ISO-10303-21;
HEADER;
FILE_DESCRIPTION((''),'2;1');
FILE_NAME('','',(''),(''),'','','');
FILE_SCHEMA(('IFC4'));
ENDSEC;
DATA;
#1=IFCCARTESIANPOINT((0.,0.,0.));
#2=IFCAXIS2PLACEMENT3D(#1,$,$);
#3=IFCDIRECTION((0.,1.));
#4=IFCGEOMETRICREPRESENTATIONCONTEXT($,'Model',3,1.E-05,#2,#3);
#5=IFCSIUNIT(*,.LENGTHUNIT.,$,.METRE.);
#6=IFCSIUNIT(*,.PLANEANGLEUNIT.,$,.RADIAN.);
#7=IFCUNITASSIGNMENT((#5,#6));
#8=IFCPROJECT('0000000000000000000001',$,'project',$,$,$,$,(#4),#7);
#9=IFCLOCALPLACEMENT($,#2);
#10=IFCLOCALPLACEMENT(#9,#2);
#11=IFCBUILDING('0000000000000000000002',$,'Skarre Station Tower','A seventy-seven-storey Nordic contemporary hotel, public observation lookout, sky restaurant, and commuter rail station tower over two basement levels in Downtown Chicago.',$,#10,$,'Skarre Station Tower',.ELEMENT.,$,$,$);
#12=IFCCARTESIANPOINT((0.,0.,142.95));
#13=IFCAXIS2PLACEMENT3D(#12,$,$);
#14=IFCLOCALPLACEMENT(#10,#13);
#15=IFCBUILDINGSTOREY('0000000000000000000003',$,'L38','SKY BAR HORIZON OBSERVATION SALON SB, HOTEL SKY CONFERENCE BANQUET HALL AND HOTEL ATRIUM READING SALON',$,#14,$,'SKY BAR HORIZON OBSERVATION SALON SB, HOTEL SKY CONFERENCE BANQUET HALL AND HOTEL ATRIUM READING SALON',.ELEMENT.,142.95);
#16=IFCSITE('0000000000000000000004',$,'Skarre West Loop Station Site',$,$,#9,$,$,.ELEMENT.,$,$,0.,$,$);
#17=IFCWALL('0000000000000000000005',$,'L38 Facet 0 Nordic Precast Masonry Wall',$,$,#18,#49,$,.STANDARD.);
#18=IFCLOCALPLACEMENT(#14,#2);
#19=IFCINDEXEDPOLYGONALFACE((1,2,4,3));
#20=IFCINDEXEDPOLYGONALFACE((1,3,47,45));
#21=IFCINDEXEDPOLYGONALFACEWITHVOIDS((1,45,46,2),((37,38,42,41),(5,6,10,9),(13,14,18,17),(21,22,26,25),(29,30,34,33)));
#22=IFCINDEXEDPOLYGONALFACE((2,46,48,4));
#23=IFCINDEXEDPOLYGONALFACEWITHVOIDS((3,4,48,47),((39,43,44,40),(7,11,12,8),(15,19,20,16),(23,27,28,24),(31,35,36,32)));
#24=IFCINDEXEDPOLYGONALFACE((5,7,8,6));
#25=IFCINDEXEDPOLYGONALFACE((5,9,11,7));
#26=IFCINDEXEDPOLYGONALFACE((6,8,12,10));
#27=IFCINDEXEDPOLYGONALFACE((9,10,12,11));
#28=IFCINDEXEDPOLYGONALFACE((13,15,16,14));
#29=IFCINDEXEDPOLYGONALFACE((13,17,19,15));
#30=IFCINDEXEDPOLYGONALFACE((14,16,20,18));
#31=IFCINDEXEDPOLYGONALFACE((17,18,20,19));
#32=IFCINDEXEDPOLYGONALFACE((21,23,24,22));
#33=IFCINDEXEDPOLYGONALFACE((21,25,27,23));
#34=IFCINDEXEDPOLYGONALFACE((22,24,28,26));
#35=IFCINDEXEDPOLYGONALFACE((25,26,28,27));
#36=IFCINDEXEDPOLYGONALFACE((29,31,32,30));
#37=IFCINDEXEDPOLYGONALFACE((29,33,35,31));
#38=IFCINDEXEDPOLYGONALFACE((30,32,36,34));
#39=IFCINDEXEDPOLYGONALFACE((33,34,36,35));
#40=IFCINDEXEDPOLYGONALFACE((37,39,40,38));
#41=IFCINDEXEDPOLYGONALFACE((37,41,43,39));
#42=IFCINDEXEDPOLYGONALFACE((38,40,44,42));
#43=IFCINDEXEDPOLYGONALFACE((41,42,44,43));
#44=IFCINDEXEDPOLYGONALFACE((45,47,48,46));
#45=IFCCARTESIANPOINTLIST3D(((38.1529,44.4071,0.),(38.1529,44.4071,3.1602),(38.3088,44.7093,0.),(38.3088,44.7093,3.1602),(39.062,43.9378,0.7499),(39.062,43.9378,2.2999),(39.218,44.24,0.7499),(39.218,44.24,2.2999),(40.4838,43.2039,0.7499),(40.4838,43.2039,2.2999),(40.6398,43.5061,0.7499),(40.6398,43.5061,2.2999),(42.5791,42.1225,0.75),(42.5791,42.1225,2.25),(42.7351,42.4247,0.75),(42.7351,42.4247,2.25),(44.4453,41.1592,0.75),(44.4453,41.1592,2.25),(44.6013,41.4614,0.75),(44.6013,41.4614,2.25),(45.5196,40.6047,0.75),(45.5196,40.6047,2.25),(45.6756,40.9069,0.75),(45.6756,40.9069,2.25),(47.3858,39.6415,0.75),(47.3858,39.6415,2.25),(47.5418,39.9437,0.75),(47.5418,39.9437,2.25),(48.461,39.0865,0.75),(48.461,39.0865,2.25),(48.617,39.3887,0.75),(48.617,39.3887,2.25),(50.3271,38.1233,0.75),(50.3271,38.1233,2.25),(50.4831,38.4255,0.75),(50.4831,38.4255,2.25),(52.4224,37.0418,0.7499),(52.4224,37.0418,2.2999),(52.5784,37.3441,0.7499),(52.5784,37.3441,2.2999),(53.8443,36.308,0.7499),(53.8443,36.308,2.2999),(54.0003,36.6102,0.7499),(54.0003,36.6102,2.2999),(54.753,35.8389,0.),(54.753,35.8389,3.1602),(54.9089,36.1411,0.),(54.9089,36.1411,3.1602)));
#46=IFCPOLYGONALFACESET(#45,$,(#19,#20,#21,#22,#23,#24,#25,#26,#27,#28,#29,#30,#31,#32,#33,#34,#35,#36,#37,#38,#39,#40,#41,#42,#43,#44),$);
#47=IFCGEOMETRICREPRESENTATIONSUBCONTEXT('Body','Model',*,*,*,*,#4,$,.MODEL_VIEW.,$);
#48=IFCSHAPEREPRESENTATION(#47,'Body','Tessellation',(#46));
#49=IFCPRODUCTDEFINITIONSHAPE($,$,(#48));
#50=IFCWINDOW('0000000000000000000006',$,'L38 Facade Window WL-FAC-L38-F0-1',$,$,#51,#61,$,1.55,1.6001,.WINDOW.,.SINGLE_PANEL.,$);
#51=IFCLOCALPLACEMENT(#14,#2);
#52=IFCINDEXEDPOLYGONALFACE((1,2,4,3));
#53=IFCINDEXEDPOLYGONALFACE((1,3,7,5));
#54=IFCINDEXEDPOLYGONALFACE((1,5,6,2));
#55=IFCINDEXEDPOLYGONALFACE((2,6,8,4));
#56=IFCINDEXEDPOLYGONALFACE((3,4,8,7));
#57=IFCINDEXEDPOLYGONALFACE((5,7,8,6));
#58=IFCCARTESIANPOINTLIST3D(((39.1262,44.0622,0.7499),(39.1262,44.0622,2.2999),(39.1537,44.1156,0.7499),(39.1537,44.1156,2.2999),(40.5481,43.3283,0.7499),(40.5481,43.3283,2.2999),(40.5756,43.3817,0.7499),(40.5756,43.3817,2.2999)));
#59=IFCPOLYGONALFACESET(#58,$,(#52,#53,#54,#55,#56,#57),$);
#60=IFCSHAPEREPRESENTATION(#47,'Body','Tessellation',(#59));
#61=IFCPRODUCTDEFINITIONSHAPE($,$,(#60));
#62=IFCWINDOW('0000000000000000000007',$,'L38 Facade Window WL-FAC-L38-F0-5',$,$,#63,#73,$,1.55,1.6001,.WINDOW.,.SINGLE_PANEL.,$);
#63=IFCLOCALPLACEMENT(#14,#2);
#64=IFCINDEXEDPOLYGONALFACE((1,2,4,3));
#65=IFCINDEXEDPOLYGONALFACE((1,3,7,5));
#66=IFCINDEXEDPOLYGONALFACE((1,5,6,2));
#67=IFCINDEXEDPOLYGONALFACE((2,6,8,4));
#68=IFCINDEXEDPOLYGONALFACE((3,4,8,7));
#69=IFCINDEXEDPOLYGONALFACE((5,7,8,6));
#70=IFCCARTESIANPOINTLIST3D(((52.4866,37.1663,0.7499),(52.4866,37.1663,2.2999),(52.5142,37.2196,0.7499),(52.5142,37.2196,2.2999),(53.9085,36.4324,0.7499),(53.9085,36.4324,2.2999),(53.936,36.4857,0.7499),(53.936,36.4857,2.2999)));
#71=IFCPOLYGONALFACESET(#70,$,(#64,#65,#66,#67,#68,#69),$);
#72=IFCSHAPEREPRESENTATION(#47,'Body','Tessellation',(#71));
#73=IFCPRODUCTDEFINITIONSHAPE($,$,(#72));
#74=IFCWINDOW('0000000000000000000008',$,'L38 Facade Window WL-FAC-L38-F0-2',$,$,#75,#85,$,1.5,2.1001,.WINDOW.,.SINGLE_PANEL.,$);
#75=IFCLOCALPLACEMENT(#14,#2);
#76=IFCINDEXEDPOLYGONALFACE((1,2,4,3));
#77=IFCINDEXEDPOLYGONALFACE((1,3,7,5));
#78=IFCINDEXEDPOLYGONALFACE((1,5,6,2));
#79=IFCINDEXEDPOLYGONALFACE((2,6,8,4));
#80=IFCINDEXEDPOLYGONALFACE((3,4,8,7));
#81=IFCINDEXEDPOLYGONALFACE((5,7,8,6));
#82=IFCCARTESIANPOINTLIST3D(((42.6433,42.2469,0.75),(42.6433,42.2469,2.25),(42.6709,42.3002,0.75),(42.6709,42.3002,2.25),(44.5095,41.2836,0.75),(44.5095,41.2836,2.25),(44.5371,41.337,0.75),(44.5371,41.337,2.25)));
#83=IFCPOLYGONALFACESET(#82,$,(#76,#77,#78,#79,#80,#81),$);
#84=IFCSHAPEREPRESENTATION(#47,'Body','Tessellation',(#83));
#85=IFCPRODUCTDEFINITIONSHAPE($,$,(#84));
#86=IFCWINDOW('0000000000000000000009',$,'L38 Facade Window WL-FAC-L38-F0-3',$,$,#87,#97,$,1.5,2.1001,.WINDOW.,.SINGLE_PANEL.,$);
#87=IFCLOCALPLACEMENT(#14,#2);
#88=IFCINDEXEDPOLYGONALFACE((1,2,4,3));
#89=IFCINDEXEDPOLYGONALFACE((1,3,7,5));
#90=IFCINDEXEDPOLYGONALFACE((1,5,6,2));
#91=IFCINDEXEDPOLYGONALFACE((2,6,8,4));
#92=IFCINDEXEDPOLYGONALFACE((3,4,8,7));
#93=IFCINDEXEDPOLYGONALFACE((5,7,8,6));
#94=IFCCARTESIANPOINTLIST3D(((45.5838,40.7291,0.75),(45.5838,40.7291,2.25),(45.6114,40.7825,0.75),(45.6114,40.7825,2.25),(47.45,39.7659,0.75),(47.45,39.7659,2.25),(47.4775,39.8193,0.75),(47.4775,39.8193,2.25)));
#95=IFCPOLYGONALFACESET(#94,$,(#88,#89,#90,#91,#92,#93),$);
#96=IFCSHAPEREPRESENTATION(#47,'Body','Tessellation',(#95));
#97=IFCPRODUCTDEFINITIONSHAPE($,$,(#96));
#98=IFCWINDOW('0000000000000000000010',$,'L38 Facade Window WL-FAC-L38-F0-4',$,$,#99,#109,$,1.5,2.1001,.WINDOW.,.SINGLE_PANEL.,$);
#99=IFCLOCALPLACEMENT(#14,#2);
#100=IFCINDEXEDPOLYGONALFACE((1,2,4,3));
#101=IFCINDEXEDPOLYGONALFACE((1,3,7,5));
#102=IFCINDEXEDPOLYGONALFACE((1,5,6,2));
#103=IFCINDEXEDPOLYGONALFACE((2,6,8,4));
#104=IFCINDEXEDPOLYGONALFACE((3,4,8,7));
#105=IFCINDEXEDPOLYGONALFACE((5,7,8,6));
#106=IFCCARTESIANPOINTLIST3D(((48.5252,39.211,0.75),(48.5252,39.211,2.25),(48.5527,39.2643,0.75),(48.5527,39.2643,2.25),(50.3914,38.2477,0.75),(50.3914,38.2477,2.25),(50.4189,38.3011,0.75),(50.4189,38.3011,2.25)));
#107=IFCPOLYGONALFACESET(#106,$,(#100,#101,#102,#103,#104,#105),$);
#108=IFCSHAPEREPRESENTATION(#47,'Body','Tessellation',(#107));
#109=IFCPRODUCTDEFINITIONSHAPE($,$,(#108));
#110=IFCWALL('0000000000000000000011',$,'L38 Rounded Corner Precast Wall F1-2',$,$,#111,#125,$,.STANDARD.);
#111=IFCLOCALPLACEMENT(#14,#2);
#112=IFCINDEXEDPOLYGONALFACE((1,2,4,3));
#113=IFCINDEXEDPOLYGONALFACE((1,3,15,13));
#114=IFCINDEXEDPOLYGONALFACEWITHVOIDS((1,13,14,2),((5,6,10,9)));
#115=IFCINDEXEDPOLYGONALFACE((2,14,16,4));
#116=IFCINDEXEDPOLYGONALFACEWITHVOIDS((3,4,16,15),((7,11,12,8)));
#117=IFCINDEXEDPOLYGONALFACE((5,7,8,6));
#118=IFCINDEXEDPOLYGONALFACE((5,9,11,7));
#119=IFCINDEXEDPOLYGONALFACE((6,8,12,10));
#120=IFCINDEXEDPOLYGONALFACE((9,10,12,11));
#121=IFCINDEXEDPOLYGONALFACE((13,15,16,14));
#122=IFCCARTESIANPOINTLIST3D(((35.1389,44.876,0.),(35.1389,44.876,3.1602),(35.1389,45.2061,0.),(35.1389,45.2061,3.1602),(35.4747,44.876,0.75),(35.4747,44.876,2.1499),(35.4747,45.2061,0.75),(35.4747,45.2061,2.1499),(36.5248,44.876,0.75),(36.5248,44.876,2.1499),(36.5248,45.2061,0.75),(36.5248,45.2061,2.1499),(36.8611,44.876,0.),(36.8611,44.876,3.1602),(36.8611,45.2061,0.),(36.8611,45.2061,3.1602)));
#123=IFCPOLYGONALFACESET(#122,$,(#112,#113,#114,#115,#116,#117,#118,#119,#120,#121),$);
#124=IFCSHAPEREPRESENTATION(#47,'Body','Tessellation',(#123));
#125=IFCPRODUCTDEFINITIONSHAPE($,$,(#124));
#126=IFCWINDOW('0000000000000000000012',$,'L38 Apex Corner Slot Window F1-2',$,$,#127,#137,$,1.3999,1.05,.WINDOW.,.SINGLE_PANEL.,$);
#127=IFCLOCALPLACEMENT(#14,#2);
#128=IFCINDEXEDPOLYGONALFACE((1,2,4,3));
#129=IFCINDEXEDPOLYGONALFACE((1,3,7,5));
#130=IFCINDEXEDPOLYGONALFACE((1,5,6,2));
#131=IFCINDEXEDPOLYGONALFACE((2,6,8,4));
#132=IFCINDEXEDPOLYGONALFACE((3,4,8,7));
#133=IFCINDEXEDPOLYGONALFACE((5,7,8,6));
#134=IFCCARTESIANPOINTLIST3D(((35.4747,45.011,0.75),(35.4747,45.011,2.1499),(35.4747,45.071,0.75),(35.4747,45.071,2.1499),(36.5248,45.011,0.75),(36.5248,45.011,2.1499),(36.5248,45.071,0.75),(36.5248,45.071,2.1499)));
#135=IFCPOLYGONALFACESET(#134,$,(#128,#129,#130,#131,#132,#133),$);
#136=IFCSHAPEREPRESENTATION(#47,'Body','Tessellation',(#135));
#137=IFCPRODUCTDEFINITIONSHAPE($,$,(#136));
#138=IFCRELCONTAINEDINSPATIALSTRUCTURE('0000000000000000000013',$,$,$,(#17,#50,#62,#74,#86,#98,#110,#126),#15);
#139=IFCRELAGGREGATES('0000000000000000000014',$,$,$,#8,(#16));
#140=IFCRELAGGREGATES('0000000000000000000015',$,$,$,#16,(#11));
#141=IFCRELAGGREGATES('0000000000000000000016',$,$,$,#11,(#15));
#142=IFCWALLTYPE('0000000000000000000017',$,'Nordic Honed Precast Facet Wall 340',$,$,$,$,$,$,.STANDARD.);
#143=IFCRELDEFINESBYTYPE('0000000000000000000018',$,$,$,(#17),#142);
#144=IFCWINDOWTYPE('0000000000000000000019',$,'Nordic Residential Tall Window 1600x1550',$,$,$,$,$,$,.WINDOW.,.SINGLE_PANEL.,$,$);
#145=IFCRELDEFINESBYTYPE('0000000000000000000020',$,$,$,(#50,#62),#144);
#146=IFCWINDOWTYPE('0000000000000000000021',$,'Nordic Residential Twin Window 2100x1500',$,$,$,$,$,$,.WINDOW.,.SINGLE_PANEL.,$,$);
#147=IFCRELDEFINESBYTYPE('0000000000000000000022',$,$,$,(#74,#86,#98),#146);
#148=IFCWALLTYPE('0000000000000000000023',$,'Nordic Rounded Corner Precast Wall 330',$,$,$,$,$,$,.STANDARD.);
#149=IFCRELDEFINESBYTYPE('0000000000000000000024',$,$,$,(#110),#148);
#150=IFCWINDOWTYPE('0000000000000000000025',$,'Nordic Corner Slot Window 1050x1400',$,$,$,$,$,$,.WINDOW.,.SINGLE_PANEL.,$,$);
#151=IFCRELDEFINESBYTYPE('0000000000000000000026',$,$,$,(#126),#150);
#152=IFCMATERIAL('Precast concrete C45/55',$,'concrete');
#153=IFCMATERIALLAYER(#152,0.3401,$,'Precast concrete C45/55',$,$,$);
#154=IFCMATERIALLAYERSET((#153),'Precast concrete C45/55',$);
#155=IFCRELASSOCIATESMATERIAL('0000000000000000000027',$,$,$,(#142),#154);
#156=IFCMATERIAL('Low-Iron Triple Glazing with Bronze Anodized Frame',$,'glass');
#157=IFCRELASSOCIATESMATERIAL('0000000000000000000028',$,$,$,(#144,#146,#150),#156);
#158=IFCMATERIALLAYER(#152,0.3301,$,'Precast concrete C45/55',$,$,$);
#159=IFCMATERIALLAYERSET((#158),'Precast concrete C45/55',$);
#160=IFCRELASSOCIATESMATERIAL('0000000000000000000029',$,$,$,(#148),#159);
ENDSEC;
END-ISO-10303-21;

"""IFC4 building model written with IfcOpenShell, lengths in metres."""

from ifc_helpers import new_model, si_unit, direction, frame, frame_2d, origin, place, context, subcontext, project, spatial, rectangle, extrude, material, layer, layer_set, type_object, element, fill, save


model = new_model("IFC4")

# Units and contexts
model_context = context("Model", 3, precision=1e-05, world=origin(), true_north=direction((0.0, 1.0)))
body_context = subcontext(model_context, "Body", "Model", "MODEL_VIEW")
ifc_project = project(units=[si_unit("LENGTHUNIT", "METRE"), si_unit("PLANEANGLEUNIT", "RADIAN")], contexts=[model_context])

# Site, building, storey
site_placement = place(None, origin())
site = spatial("IfcSite", under=ifc_project, at=site_placement, Name="Skarre West Loop Station Site", CompositionType="ELEMENT", RefElevation=0.0)
building_placement = place(site_placement, origin())
building = spatial("IfcBuilding", under=site, at=building_placement, Name="Skarre Station Tower", Description="A seventy-seven-storey Nordic contemporary hotel, public observation lookout, sky restaurant, and commuter rail station tower over two basement levels in Downtown Chicago.", LongName="Skarre Station Tower", CompositionType="ELEMENT")
storey_placement = place(building_placement, frame((0.0, 0.0, 142.95)))
storey = spatial("IfcBuildingStorey", under=building, at=storey_placement, Name="L38", Description="SKY BAR HORIZON OBSERVATION SALON SB, HOTEL SKY CONFERENCE BANQUET HALL AND HOTEL ATRIUM READING SALON", LongName="SKY BAR HORIZON OBSERVATION SALON SB, HOTEL SKY CONFERENCE BANQUET HALL AND HOTEL ATRIUM READING SALON", CompositionType="ELEMENT", Elevation=142.95)

# Wall, openings, windows
ifc_material_1 = material(Name="Precast concrete C45/55", Category="concrete")
ifc_layer_1 = layer(ifc_material_1, 0.3401, Name="Precast concrete C45/55")
ifc_layer_set_1 = layer_set([ifc_layer_1], Name="Precast concrete C45/55")
wall_type_1 = type_object("IfcWallType", Name="Nordic Honed Precast Facet Wall 340", PredefinedType="STANDARD", material=ifc_layer_set_1)
wall_1_placement = place(storey_placement, frame((38.231, 44.5581, 0.0), z_axis=(0.0, 0.0, 1.0), x_axis=(0.888614, -0.458657, 0.0)))
wall_1 = element("IfcWall", 1, at=wall_1_placement, inside=storey, type_object=wall_type_1, Name="L38 Facet 0 Nordic Precast Masonry Wall", PredefinedType="STANDARD", context=body_context, shape_type="SweptSolid", body=[
    extrude(rectangle(XDim=18.6809, YDim=0.3401, at=frame_2d((9.3403, 0.0))), origin(), (0.0, 0.0, 1.0), 3.1602),
])
opening_1_placement = place(wall_1_placement, frame((1.0229, 0.0, 0.75)))
opening_1 = element("IfcOpeningElement", 2, at=opening_1_placement, cuts=wall_1, PredefinedType="OPENING", context=body_context, shape_type="SweptSolid", body=[
    extrude(rectangle(XDim=1.6001, YDim=1.55, at=frame_2d((0.8, 0.7749))), frame((0.0, 0.1799, 0.0), z_axis=(0.0, -1.0, 0.0), x_axis=(1.0, 0.0, 0.0)), (0.0, 0.0, 1.0), 0.3601),
])
opening_2_placement = place(wall_1_placement, frame((4.981, 0.0, 0.75)))
opening_2 = element("IfcOpeningElement", 3, at=opening_2_placement, cuts=wall_1, PredefinedType="OPENING", context=body_context, shape_type="SweptSolid", body=[
    extrude(rectangle(XDim=2.1001, YDim=1.5, at=frame_2d((1.05, 0.75))), frame((0.0, 0.1799, 0.0), z_axis=(0.0, -1.0, 0.0), x_axis=(1.0, 0.0, 0.0)), (0.0, 0.0, 1.0), 0.3601),
])
opening_3_placement = place(wall_1_placement, frame((8.29, 0.0, 0.75)))
opening_3 = element("IfcOpeningElement", 4, at=opening_3_placement, cuts=wall_1, PredefinedType="OPENING", context=body_context, shape_type="SweptSolid", body=[
    extrude(rectangle(XDim=2.1001, YDim=1.5, at=frame_2d((1.05, 0.75))), frame((0.0, 0.1799, 0.0), z_axis=(0.0, -1.0, 0.0), x_axis=(1.0, 0.0, 0.0)), (0.0, 0.0, 1.0), 0.3601),
])
opening_4_placement = place(wall_1_placement, frame((11.6001, 0.0, 0.75)))
opening_4 = element("IfcOpeningElement", 5, at=opening_4_placement, cuts=wall_1, PredefinedType="OPENING", context=body_context, shape_type="SweptSolid", body=[
    extrude(rectangle(XDim=2.1001, YDim=1.5, at=frame_2d((1.05, 0.75))), frame((0.0, 0.1799, 0.0), z_axis=(0.0, -1.0, 0.0), x_axis=(1.0, 0.0, 0.0)), (0.0, 0.0, 1.0), 0.3601),
])
opening_5_placement = place(wall_1_placement, frame((16.0581, 0.0, 0.75)))
opening_5 = element("IfcOpeningElement", 6, at=opening_5_placement, cuts=wall_1, PredefinedType="OPENING", context=body_context, shape_type="SweptSolid", body=[
    extrude(rectangle(XDim=1.6001, YDim=1.55, at=frame_2d((0.8, 0.7749))), frame((0.0, 0.1799, 0.0), z_axis=(0.0, -1.0, 0.0), x_axis=(1.0, 0.0, 0.0)), (0.0, 0.0, 1.0), 0.3601),
])
ifc_material_2 = material(Name="Low-Iron Triple Glazing with Bronze Anodized Frame", Category="glass")
window_type_1 = type_object("IfcWindowType", Name="Nordic Residential Tall Window 1600x1550", PartitioningType="SINGLE_PANEL", PredefinedType="WINDOW", material=ifc_material_2)
window_1_placement = place(opening_1_placement, origin())
window_1 = element("IfcWindow", 7, at=window_1_placement, inside=storey, type_object=window_type_1, Name="L38 Facade Window WL-FAC-L38-F0-1", OverallHeight=1.55, OverallWidth=1.6001, PartitioningType="SINGLE_PANEL", PredefinedType="WINDOW", context=body_context, shape_type="SweptSolid", body=[
    extrude(rectangle(XDim=1.6001, YDim=1.55, at=frame_2d((0.8, 0.7749))), frame((0.0, 0.03, 0.0), z_axis=(0.0, -1.0, 0.0), x_axis=(1.0, 0.0, 0.0)), (0.0, 0.0, 1.0), 0.0601),
])
fill(opening_1, window_1)
window_2_placement = place(opening_5_placement, origin())
window_2 = element("IfcWindow", 8, at=window_2_placement, inside=storey, type_object=window_type_1, Name="L38 Facade Window WL-FAC-L38-F0-5", OverallHeight=1.55, OverallWidth=1.6001, PartitioningType="SINGLE_PANEL", PredefinedType="WINDOW", context=body_context, shape_type="SweptSolid", body=[
    extrude(rectangle(XDim=1.6001, YDim=1.55, at=frame_2d((0.8, 0.7749))), frame((0.0, 0.03, 0.0), z_axis=(0.0, -1.0, 0.0), x_axis=(1.0, 0.0, 0.0)), (0.0, 0.0, 1.0), 0.0601),
])
fill(opening_5, window_2)
window_type_2 = type_object("IfcWindowType", Name="Nordic Residential Twin Window 2100x1500", PartitioningType="SINGLE_PANEL", PredefinedType="WINDOW", material=ifc_material_2)
window_3_placement = place(opening_2_placement, origin())
window_3 = element("IfcWindow", 9, at=window_3_placement, inside=storey, type_object=window_type_2, Name="L38 Facade Window WL-FAC-L38-F0-2", OverallHeight=1.5, OverallWidth=2.1001, PartitioningType="SINGLE_PANEL", PredefinedType="WINDOW", context=body_context, shape_type="SweptSolid", body=[
    extrude(rectangle(XDim=2.1001, YDim=1.5, at=frame_2d((1.05, 0.75))), frame((0.0, 0.03, 0.0), z_axis=(0.0, -1.0, 0.0), x_axis=(1.0, 0.0, 0.0)), (0.0, 0.0, 1.0), 0.0601),
])
fill(opening_2, window_3)
window_4_placement = place(opening_3_placement, origin())
window_4 = element("IfcWindow", 10, at=window_4_placement, inside=storey, type_object=window_type_2, Name="L38 Facade Window WL-FAC-L38-F0-3", OverallHeight=1.5, OverallWidth=2.1001, PartitioningType="SINGLE_PANEL", PredefinedType="WINDOW", context=body_context, shape_type="SweptSolid", body=[
    extrude(rectangle(XDim=2.1001, YDim=1.5, at=frame_2d((1.05, 0.75))), frame((0.0, 0.03, 0.0), z_axis=(0.0, -1.0, 0.0), x_axis=(1.0, 0.0, 0.0)), (0.0, 0.0, 1.0), 0.0601),
])
fill(opening_3, window_4)
window_5_placement = place(opening_4_placement, origin())
window_5 = element("IfcWindow", 11, at=window_5_placement, inside=storey, type_object=window_type_2, Name="L38 Facade Window WL-FAC-L38-F0-4", OverallHeight=1.5, OverallWidth=2.1001, PartitioningType="SINGLE_PANEL", PredefinedType="WINDOW", context=body_context, shape_type="SweptSolid", body=[
    extrude(rectangle(XDim=2.1001, YDim=1.5, at=frame_2d((1.05, 0.75))), frame((0.0, 0.03, 0.0), z_axis=(0.0, -1.0, 0.0), x_axis=(1.0, 0.0, 0.0)), (0.0, 0.0, 1.0), 0.0601),
])
fill(opening_4, window_5)

# Wall, opening, window
ifc_layer_2 = layer(ifc_material_1, 0.3301, Name="Precast concrete C45/55")
ifc_layer_set_2 = layer_set([ifc_layer_2], Name="Precast concrete C45/55")
wall_type_2 = type_object("IfcWallType", Name="Nordic Rounded Corner Precast Wall 330", PredefinedType="STANDARD", material=ifc_layer_set_2)
wall_2_placement = place(storey_placement, frame((35.1389, 45.041, 0.0), z_axis=(0.0, 0.0, 1.0), x_axis=(1.0, 0.0, 0.0)))
wall_2 = element("IfcWall", 12, at=wall_2_placement, inside=storey, type_object=wall_type_2, Name="L38 Rounded Corner Precast Wall F1-2", PredefinedType="STANDARD", context=body_context, shape_type="SweptSolid", body=[
    extrude(rectangle(XDim=1.7222, YDim=0.3301, at=frame_2d((0.8611, 0.0))), origin(), (0.0, 0.0, 1.0), 3.1602),
])
opening_6_placement = place(wall_2_placement, frame((0.3359, 0.0, 0.75)))
opening_6 = element("IfcOpeningElement", 13, at=opening_6_placement, cuts=wall_2, PredefinedType="OPENING", context=body_context, shape_type="SweptSolid", body=[
    extrude(rectangle(XDim=1.05, YDim=1.3999, at=frame_2d((0.5249, 0.7))), frame((0.0, 0.175, 0.0), z_axis=(0.0, -1.0, 0.0), x_axis=(1.0, 0.0, 0.0)), (0.0, 0.0, 1.0), 0.3501),
])
window_type_3 = type_object("IfcWindowType", Name="Nordic Corner Slot Window 1050x1400", PartitioningType="SINGLE_PANEL", PredefinedType="WINDOW", material=ifc_material_2)
window_6_placement = place(opening_6_placement, origin())
window_6 = element("IfcWindow", 14, at=window_6_placement, inside=storey, type_object=window_type_3, Name="L38 Apex Corner Slot Window F1-2", OverallHeight=1.3999, OverallWidth=1.05, PartitioningType="SINGLE_PANEL", PredefinedType="WINDOW", context=body_context, shape_type="SweptSolid", body=[
    extrude(rectangle(XDim=1.05, YDim=1.3999, at=frame_2d((0.5249, 0.7))), frame((0.0, 0.03, 0.0), z_axis=(0.0, -1.0, 0.0), x_axis=(1.0, 0.0, 0.0)), (0.0, 0.0, 1.0), 0.0601),
])
fill(opening_6, window_6)

save(model, "model.ifc")
